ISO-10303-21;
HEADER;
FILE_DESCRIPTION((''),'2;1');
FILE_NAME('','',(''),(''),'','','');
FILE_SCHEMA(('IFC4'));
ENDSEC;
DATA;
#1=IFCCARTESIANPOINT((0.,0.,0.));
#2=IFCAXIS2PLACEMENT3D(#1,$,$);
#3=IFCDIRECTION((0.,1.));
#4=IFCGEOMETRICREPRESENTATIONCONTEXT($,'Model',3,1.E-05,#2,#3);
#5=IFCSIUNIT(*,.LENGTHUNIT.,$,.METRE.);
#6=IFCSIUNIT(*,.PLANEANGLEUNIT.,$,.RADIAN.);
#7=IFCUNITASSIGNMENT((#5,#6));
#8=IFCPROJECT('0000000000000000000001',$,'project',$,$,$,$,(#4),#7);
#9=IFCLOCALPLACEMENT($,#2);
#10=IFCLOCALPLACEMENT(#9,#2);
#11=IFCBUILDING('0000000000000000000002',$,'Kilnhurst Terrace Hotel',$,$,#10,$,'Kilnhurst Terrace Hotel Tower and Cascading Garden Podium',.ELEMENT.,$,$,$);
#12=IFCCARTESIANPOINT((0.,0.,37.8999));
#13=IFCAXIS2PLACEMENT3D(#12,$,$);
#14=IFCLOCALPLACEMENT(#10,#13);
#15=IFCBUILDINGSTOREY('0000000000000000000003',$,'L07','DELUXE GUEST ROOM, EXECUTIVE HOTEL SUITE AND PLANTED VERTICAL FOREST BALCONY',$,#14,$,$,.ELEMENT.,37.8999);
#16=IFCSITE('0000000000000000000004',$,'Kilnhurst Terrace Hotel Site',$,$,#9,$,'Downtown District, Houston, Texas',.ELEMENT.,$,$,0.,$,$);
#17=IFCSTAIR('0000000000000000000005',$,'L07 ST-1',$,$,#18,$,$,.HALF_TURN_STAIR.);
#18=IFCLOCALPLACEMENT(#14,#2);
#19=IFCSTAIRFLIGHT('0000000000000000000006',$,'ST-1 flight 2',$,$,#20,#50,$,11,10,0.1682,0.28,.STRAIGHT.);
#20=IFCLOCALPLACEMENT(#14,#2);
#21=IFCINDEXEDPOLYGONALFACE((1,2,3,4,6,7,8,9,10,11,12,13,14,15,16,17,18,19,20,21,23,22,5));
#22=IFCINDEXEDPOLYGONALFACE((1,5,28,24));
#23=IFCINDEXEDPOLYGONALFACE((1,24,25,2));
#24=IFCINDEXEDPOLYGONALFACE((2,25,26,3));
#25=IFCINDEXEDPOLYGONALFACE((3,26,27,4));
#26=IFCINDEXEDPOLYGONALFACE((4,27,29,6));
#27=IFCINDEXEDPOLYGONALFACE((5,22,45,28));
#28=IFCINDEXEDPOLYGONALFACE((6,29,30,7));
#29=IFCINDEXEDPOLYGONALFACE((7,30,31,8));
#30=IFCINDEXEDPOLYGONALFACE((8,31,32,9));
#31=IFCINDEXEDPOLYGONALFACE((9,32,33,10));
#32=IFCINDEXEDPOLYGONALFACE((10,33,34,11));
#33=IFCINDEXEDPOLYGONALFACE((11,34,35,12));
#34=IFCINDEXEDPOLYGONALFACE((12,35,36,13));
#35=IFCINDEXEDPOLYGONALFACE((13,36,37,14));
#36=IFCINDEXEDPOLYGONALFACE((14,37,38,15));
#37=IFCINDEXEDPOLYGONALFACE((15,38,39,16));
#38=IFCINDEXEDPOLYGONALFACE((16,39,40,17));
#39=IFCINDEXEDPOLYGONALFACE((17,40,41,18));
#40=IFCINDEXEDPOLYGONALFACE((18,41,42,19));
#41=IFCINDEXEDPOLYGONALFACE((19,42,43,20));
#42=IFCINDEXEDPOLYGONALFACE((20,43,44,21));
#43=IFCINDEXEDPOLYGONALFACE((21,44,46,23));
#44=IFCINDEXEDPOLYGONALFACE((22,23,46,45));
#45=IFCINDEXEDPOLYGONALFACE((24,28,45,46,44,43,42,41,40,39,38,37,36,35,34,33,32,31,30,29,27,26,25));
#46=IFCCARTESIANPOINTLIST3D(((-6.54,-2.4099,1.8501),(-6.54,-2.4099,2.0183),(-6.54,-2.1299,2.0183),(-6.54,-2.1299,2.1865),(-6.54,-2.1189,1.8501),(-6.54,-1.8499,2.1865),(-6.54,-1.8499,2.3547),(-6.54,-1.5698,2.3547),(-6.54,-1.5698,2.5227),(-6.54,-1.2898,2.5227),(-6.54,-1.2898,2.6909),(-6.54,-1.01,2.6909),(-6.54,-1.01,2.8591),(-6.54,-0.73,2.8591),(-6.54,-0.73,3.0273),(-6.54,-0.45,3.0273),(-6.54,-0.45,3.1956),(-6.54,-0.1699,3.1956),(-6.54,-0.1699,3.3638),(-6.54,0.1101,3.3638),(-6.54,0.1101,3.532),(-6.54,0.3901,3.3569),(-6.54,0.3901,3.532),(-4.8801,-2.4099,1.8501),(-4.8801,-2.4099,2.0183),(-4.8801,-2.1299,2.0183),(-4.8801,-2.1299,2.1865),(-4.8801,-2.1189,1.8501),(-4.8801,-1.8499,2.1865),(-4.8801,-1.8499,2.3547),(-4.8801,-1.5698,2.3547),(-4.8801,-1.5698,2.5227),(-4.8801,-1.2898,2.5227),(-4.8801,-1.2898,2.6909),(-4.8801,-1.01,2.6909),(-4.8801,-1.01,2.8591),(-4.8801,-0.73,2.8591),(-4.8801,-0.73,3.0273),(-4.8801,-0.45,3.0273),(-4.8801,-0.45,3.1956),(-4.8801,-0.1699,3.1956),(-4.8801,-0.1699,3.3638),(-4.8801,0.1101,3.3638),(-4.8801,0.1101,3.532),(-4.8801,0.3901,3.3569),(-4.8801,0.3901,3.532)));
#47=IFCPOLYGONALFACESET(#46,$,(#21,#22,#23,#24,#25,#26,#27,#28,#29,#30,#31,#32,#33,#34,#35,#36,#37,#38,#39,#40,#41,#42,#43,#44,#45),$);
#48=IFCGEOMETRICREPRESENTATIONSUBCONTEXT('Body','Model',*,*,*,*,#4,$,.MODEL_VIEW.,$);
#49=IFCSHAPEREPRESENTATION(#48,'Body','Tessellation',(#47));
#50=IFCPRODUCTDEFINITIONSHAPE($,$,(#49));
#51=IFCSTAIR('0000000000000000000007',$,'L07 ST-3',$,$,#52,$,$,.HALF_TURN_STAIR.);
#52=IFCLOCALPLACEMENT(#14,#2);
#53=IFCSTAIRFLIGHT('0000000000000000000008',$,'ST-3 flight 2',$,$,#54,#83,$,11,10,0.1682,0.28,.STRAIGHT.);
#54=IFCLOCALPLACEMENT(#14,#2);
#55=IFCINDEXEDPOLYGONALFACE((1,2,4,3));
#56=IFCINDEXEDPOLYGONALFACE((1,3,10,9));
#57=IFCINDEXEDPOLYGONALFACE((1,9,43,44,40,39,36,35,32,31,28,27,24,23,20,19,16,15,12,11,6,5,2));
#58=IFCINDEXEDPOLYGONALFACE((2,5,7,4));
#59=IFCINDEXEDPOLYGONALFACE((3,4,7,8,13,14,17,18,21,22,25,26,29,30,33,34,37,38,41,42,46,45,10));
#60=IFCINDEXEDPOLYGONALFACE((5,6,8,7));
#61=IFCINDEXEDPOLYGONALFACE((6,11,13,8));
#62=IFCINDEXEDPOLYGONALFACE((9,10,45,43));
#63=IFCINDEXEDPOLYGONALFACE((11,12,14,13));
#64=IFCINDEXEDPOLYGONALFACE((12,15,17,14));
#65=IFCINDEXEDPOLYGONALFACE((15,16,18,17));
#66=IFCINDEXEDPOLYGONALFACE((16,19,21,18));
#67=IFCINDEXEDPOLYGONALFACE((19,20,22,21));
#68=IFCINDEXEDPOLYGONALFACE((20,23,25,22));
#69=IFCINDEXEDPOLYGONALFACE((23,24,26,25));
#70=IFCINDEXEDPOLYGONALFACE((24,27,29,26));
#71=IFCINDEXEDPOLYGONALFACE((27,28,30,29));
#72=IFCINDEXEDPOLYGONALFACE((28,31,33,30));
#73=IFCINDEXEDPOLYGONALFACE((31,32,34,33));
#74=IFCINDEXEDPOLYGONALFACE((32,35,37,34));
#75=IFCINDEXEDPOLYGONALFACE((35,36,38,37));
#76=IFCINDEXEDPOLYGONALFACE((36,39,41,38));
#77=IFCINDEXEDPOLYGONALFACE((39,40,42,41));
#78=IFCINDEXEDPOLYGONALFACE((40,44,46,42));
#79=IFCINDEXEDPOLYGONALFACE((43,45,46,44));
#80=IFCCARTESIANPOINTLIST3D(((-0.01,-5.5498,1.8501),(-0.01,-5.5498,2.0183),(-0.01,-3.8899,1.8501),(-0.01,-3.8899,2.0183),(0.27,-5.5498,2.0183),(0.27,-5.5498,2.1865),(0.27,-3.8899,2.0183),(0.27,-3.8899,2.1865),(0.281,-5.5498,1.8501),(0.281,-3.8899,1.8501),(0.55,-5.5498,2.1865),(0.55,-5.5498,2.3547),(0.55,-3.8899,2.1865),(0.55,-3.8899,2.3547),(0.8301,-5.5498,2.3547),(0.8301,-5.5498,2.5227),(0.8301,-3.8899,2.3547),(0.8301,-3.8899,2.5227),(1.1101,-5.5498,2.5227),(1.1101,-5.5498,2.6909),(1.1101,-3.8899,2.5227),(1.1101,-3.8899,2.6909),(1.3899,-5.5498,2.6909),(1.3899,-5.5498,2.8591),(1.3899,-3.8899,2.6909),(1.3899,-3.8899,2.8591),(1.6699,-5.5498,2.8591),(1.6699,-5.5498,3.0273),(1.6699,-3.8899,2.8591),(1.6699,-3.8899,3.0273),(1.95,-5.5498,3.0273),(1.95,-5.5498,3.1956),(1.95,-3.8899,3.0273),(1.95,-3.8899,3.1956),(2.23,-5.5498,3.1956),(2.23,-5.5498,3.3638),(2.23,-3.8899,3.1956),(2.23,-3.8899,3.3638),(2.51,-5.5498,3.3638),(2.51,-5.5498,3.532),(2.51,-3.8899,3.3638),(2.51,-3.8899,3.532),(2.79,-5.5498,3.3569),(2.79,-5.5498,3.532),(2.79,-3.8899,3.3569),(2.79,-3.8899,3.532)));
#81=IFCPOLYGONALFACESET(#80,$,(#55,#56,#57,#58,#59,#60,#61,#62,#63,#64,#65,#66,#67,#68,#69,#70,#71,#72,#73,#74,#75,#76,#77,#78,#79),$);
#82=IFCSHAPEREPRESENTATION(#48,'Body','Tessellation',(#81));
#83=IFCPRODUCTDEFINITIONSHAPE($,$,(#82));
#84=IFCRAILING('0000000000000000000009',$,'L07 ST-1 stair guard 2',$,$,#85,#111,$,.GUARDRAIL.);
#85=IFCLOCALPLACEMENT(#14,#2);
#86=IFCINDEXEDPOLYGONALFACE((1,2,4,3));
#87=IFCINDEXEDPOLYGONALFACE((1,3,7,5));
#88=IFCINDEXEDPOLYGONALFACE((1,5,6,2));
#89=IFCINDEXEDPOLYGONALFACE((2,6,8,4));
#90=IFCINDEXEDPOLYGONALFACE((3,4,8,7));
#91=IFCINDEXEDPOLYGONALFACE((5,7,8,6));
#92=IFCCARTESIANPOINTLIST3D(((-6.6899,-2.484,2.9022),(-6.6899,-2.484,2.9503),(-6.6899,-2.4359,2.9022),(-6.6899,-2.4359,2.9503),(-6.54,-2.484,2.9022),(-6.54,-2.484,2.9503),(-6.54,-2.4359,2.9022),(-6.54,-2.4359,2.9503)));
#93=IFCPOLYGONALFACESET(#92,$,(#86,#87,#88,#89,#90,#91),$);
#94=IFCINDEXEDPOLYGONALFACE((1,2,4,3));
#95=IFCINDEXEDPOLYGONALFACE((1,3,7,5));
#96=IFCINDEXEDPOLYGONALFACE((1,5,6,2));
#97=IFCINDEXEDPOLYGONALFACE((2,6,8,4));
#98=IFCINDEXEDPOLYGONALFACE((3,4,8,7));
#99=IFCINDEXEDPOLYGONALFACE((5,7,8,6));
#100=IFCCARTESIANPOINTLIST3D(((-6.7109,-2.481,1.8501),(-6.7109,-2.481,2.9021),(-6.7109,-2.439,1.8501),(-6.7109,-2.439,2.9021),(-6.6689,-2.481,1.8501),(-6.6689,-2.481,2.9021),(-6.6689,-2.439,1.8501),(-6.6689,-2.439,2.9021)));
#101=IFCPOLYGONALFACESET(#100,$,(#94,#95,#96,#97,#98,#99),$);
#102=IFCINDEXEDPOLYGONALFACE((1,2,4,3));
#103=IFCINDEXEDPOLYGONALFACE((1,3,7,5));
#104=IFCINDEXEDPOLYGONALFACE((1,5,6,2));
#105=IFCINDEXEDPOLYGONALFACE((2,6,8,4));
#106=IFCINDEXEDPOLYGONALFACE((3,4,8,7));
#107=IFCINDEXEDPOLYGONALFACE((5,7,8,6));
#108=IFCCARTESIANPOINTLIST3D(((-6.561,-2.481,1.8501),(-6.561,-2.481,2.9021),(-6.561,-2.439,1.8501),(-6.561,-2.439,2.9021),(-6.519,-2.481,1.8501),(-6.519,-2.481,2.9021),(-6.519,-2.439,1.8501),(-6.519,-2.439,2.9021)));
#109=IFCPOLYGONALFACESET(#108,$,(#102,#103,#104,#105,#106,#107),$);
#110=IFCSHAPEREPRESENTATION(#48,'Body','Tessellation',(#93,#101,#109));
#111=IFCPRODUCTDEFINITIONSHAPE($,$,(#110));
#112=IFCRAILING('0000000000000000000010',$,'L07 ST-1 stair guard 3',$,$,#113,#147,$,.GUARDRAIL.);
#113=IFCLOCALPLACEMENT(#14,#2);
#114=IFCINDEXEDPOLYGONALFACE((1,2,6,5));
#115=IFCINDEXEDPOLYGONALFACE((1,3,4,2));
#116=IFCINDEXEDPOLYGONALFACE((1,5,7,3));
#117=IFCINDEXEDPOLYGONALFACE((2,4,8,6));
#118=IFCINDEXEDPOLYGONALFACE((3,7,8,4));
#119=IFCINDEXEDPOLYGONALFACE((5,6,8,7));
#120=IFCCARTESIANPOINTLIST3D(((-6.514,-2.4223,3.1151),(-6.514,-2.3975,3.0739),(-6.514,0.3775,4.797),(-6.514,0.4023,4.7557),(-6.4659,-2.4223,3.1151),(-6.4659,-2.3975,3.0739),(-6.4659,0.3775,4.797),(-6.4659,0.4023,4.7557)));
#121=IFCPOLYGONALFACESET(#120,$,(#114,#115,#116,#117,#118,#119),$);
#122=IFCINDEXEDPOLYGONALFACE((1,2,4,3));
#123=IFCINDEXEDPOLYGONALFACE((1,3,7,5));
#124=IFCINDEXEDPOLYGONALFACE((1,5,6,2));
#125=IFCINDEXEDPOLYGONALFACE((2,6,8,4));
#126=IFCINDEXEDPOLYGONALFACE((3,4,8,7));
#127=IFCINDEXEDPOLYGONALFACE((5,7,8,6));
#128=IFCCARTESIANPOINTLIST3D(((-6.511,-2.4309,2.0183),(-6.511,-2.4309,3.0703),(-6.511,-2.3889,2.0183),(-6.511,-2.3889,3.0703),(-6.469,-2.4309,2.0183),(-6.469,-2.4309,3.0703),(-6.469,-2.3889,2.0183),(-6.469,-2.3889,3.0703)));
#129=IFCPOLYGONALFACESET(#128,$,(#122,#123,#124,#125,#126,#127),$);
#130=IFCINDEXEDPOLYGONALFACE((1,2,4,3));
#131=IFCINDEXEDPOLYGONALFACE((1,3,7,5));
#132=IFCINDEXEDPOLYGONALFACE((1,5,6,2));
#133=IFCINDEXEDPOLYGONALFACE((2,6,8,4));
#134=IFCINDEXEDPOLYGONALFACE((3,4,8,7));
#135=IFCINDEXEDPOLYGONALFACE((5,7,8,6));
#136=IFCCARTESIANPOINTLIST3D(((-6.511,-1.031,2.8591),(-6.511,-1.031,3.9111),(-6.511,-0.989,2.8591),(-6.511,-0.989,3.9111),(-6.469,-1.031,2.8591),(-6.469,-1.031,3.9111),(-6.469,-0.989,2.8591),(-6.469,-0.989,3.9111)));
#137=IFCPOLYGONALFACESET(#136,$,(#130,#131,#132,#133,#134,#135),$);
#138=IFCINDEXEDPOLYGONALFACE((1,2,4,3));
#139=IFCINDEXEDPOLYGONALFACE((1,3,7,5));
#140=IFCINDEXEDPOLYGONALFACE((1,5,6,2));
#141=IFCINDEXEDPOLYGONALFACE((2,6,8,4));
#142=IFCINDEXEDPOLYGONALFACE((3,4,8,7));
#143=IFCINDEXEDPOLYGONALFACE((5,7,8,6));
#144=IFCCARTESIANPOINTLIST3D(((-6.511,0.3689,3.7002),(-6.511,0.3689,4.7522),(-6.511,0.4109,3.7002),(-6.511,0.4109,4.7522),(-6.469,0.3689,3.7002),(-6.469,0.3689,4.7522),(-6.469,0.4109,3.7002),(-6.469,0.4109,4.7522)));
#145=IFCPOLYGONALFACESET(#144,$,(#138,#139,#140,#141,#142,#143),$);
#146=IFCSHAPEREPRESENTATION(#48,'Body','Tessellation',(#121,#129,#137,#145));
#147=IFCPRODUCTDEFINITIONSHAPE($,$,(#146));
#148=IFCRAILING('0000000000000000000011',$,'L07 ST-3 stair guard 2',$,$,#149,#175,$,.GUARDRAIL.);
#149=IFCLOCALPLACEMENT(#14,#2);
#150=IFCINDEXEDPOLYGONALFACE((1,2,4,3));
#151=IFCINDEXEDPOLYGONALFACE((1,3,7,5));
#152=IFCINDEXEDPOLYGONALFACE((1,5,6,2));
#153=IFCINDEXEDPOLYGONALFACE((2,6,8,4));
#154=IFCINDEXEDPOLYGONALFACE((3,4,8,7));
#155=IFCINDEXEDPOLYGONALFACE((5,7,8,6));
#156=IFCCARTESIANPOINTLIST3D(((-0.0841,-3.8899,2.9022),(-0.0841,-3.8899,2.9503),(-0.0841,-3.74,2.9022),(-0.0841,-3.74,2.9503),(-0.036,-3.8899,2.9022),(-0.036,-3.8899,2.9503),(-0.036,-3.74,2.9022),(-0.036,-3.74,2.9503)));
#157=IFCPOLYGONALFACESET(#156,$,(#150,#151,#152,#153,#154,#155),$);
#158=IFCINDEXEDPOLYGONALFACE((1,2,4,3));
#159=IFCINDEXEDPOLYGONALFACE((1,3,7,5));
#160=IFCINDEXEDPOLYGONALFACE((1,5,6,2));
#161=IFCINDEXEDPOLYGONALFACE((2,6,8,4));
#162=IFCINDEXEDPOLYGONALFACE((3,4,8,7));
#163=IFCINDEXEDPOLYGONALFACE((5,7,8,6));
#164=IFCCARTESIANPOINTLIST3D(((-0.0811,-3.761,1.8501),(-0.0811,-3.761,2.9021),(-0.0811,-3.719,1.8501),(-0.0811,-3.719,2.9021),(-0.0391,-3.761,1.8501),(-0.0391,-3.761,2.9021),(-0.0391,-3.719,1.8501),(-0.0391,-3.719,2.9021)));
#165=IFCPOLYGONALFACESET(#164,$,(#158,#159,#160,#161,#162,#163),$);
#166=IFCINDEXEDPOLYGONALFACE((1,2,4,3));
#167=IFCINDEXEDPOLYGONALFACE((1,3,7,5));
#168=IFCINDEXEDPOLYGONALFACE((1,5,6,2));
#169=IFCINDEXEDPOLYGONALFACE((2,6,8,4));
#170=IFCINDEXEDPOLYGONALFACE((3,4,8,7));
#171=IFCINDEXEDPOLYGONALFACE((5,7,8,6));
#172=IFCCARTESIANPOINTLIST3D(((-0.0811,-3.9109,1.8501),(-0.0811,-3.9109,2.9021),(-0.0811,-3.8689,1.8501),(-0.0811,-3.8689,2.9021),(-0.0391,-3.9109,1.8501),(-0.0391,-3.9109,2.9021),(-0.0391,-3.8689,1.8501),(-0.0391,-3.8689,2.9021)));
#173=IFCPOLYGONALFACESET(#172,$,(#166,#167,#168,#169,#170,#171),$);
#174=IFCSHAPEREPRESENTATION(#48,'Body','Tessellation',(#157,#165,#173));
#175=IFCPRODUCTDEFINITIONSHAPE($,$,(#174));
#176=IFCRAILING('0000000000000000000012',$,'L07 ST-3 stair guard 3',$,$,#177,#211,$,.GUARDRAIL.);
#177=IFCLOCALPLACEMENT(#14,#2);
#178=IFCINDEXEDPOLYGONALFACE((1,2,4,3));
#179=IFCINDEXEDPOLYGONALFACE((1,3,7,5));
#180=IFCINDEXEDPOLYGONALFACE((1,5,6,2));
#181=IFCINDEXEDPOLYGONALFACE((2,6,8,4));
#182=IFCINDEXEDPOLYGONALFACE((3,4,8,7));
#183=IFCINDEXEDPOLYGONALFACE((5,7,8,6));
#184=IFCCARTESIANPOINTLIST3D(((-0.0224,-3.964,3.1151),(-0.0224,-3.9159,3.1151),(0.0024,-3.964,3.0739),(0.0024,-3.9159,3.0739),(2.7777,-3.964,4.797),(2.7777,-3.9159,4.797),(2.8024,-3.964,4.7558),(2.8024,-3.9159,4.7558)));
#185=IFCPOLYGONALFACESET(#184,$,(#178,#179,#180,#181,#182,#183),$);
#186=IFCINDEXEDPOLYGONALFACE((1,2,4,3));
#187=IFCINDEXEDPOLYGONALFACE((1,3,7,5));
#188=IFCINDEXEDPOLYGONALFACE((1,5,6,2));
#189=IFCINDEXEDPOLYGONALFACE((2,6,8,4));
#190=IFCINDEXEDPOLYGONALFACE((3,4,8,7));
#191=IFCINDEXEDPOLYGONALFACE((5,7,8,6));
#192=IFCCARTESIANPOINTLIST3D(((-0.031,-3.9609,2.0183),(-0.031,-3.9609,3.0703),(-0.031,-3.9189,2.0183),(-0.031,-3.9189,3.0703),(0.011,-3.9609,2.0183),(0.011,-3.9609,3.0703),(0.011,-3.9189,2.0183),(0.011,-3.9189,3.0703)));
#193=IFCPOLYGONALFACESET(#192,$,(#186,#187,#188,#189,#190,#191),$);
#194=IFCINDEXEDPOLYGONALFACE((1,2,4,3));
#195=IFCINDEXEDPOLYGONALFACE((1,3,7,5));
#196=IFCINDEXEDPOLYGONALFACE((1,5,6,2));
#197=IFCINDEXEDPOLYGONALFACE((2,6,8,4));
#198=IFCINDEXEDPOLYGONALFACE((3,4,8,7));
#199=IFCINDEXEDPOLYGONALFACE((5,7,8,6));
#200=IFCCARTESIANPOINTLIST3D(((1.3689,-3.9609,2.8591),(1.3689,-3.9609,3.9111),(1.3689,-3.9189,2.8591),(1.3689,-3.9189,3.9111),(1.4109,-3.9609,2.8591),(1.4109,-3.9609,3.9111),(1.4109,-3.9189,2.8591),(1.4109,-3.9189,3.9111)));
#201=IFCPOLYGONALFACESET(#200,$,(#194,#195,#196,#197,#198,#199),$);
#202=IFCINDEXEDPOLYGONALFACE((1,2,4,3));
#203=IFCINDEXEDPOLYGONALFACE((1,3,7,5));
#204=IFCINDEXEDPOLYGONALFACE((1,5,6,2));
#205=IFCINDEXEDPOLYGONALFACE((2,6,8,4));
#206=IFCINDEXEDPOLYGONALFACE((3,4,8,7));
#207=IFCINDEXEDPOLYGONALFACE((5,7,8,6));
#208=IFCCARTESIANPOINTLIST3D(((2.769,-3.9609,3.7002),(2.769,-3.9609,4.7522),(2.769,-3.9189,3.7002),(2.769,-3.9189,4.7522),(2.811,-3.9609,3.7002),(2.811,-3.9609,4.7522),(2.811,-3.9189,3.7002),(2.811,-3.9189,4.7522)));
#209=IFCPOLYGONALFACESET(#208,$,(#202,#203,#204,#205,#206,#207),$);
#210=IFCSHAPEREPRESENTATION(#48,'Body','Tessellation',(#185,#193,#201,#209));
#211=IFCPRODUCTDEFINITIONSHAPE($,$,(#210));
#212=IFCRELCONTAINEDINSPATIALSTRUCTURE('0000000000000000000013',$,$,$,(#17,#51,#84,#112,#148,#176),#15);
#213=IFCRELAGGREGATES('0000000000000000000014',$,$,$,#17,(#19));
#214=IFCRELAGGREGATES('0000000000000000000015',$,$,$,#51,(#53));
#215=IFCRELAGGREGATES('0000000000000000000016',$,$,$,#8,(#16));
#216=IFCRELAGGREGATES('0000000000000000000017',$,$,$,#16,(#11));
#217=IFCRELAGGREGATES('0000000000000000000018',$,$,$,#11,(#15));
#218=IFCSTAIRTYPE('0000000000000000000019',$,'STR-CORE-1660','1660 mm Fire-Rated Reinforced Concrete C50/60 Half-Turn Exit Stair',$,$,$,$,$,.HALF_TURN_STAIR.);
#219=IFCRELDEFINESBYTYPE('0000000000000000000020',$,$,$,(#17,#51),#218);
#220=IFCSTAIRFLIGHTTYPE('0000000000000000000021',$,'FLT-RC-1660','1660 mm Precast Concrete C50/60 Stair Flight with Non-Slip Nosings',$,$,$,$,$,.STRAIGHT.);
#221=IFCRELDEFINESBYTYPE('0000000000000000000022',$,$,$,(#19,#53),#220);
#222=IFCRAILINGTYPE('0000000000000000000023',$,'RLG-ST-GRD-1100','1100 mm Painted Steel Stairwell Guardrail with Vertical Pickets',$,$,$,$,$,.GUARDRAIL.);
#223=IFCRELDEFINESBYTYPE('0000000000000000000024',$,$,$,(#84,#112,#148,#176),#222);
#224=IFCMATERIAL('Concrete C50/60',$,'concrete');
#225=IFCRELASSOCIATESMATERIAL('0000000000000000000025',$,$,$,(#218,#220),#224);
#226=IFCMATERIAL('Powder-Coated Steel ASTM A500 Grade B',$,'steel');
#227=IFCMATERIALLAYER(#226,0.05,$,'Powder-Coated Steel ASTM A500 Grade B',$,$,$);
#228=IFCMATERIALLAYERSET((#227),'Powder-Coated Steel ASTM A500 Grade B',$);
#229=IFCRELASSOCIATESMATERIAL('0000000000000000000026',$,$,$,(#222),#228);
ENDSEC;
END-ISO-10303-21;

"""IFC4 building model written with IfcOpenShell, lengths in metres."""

from ifc_helpers import new_model, si_unit, direction, frame, origin, origin_2d, place, context, subcontext, project, spatial, polyline, rectangle, outline, extrude, material, layer, layer_set, type_object, element, aggregate, save


model = new_model("IFC4")

# Units and contexts
model_context = context("Model", 3, precision=1e-05, world=origin(), true_north=direction((0.0, 1.0)))
body_context = subcontext(model_context, "Body", "Model", "MODEL_VIEW")
ifc_project = project(units=[si_unit("LENGTHUNIT", "METRE"), si_unit("PLANEANGLEUNIT", "RADIAN")], contexts=[model_context])

# Site, building, storey
site_placement = place(None, origin())
site = spatial("IfcSite", under=ifc_project, at=site_placement, Name="Kilnhurst Terrace Hotel Site", LongName="Downtown District, Houston, Texas", CompositionType="ELEMENT", RefElevation=0.0)
building_placement = place(site_placement, origin())
building = spatial("IfcBuilding", under=site, at=building_placement, Name="Kilnhurst Terrace Hotel", LongName="Kilnhurst Terrace Hotel Tower and Cascading Garden Podium", CompositionType="ELEMENT")
storey_placement = place(building_placement, frame((0.0, 0.0, 37.8999)))
storey = spatial("IfcBuildingStorey", under=building, at=storey_placement, Name="L07", Description="DELUXE GUEST ROOM, EXECUTIVE HOTEL SUITE AND PLANTED VERTICAL FOREST BALCONY", CompositionType="ELEMENT", Elevation=37.8999)

# Shared definitions
ifc_material_1 = material(Name="Concrete C50/60", Category="concrete")

# Stairs, stair flights
stair_type = type_object("IfcStairType", Name="STR-CORE-1660", Description="1660 mm Fire-Rated Reinforced Concrete C50/60 Half-Turn Exit Stair", PredefinedType="HALF_TURN_STAIR", material=ifc_material_1)
stair_1_placement = place(storey_placement, origin())
stair_1 = element("IfcStair", 1, at=stair_1_placement, inside=storey, type_object=stair_type, Name="L07 ST-1", PredefinedType="HALF_TURN_STAIR")
stair_flight_type = type_object("IfcStairFlightType", Name="FLT-RC-1660", Description="1660 mm Precast Concrete C50/60 Stair Flight with Non-Slip Nosings", PredefinedType="STRAIGHT", material=ifc_material_1)
stair_flight_1_placement = place(storey_placement, frame((-5.71, -2.4099, 1.8501), z_axis=(0.0, 0.0, 1.0), x_axis=(0.0, 1.0, 0.0)))
stair_flight_1 = element("IfcStairFlight", 2, at=stair_flight_1_placement, type_object=stair_flight_type, Name="ST-1 flight 2", NumberOfRisers=11, NumberOfTreads=10, PredefinedType="STRAIGHT", RiserHeight=0.1682, TreadLength=0.28, context=body_context, shape_type="SweptSolid", body=[
    extrude(outline(polyline([(0.0, 0.0), (0.0, 0.1682), (0.28, 0.1682), (0.28, 0.3364), (0.5601, 0.3364), (0.5601, 0.5046), (0.8401, 0.5046), (0.8401, 0.6726), (1.1201, 0.6726), (1.1201, 0.8408), (1.3999, 0.8408), (1.3999, 1.009), (1.6799, 1.009), (1.6799, 1.1772), (1.96, 1.1772), (1.96, 1.3455), (2.24, 1.3455), (2.24, 1.5137), (2.52, 1.5137), (2.52, 1.6819), (2.8, 1.6819), (2.8, 1.8501), (2.8, 1.5068), (0.291, 0.0), (0.0, 0.0)])), frame((0.0, 0.8301, 0.0), z_axis=(0.0, -1.0, 0.0), x_axis=(1.0, 0.0, 0.0)), (0.0, 0.0, 1.0), 1.6599),
])
aggregate(stair_1, [stair_flight_1])
stair_2_placement = place(storey_placement, origin())
stair_2 = element("IfcStair", 3, at=stair_2_placement, inside=storey, type_object=stair_type, Name="L07 ST-3", PredefinedType="HALF_TURN_STAIR")
stair_flight_2_placement = place(storey_placement, frame((-0.01, -4.72, 1.8501), z_axis=(0.0, 0.0, 1.0), x_axis=(1.0, 0.0, 0.0)))
stair_flight_2 = element("IfcStairFlight", 4, at=stair_flight_2_placement, type_object=stair_flight_type, Name="ST-3 flight 2", NumberOfRisers=11, NumberOfTreads=10, PredefinedType="STRAIGHT", RiserHeight=0.1682, TreadLength=0.28, context=body_context, shape_type="SweptSolid", body=[
    extrude(outline(polyline([(0.0, 0.0), (0.0, 0.1682), (0.28, 0.1682), (0.28, 0.3364), (0.5601, 0.3364), (0.5601, 0.5046), (0.8401, 0.5046), (0.8401, 0.6726), (1.1201, 0.6726), (1.1201, 0.8408), (1.3999, 0.8408), (1.3999, 1.009), (1.6799, 1.009), (1.6799, 1.1772), (1.96, 1.1772), (1.96, 1.3455), (2.24, 1.3455), (2.24, 1.5137), (2.52, 1.5137), (2.52, 1.6819), (2.8, 1.6819), (2.8, 1.8501), (2.8, 1.5068), (0.291, 0.0), (0.0, 0.0)])), frame((0.0, 0.8301, 0.0), z_axis=(0.0, -1.0, 0.0), x_axis=(1.0, 0.0, 0.0)), (0.0, 0.0, 1.0), 1.6599),
])
aggregate(stair_2, [stair_flight_2])

# Railings
ifc_material_2 = material(Name="Powder-Coated Steel ASTM A500 Grade B", Category="steel")
ifc_layer_1 = layer(ifc_material_2, 0.05, Name="Powder-Coated Steel ASTM A500 Grade B")
ifc_layer_set_1 = layer_set([ifc_layer_1], Name="Powder-Coated Steel ASTM A500 Grade B")
railing_type_1 = type_object("IfcRailingType", Name="RLG-ST-GRD-1100", Description="1100 mm Painted Steel Stairwell Guardrail with Vertical Pickets", PredefinedType="GUARDRAIL", material=ifc_layer_set_1)
railing_1_placement = place(storey_placement, frame((-6.6899, -2.46, 1.8501)))
element("IfcRailing", 5, at=railing_1_placement, inside=storey, type_object=railing_type_1, Name="L07 ST-1 stair guard 2", PredefinedType="GUARDRAIL", context=body_context, shape_type="SweptSolid", body=[
    extrude(rectangle(XDim=0.0481, YDim=0.0481, at=origin_2d()), frame((0.0, 0.0, 1.0762), z_axis=(1.0, 0.0, 0.0), x_axis=(0.0, 1.0, 0.0)), (0.0, 0.0, 1.0), 0.1499),
    extrude(rectangle(XDim=0.042, YDim=0.042, at=origin_2d()), origin(), (0.0, 0.0, 1.0), 1.052),
    extrude(rectangle(XDim=0.042, YDim=0.042, at=origin_2d()), frame((0.1499, 0.0, 0.0)), (0.0, 0.0, 1.0), 1.052),
])
railing_2_placement = place(storey_placement, frame((-6.49, -2.4099, 2.0183)))
element("IfcRailing", 6, at=railing_2_placement, inside=storey, type_object=railing_type_1, Name="L07 ST-1 stair guard 3", PredefinedType="GUARDRAIL", context=body_context, shape_type="SweptSolid", body=[
    extrude(rectangle(XDim=0.0481, YDim=0.0481, at=origin_2d()), frame((0.0, 0.0, 1.0762), z_axis=(0.0, 0.857222, 0.514946), x_axis=(-1.0, 0.0, 0.0)), (0.0, 0.0, 1.0), 3.2661),
    extrude(rectangle(XDim=0.042, YDim=0.042, at=origin_2d()), origin(), (0.0, 0.0, 1.0), 1.052),
    extrude(rectangle(XDim=0.042, YDim=0.042, at=origin_2d()), frame((0.0, 1.3999, 0.8408)), (0.0, 0.0, 1.0), 1.052),
    extrude(rectangle(XDim=0.042, YDim=0.042, at=origin_2d()), frame((0.0, 2.7998, 1.6819)), (0.0, 0.0, 1.0), 1.052),
])
railing_3_placement = place(storey_placement, frame((-0.0601, -3.74, 1.8501)))
element("IfcRailing", 7, at=railing_3_placement, inside=storey, type_object=railing_type_1, Name="L07 ST-3 stair guard 2", PredefinedType="GUARDRAIL", context=body_context, shape_type="SweptSolid", body=[
    extrude(rectangle(XDim=0.0481, YDim=0.0481, at=origin_2d()), frame((0.0, 0.0, 1.0762), z_axis=(0.0, -1.0, 0.0), x_axis=(1.0, 0.0, 0.0)), (0.0, 0.0, 1.0), 0.1499),
    extrude(rectangle(XDim=0.042, YDim=0.042, at=origin_2d()), origin(), (0.0, 0.0, 1.0), 1.052),
    extrude(rectangle(XDim=0.042, YDim=0.042, at=origin_2d()), frame((0.0, -0.1499, 0.0)), (0.0, 0.0, 1.0), 1.052),
])
railing_4_placement = place(storey_placement, frame((-0.01, -3.9399, 2.0183)))
element("IfcRailing", 8, at=railing_4_placement, inside=storey, type_object=railing_type_1, Name="L07 ST-3 stair guard 3", PredefinedType="GUARDRAIL", context=body_context, shape_type="SweptSolid", body=[
    extrude(rectangle(XDim=0.0481, YDim=0.0481, at=origin_2d()), frame((0.0, 0.0, 1.0762), z_axis=(0.857242, 0.0, 0.514913), x_axis=(0.0, 1.0, 0.0)), (0.0, 0.0, 1.0), 3.2664),
    extrude(rectangle(XDim=0.042, YDim=0.042, at=origin_2d()), origin(), (0.0, 0.0, 1.0), 1.052),
    extrude(rectangle(XDim=0.042, YDim=0.042, at=origin_2d()), frame((1.3999, 0.0, 0.8408)), (0.0, 0.0, 1.0), 1.052),
    extrude(rectangle(XDim=0.042, YDim=0.042, at=origin_2d()), frame((2.8, 0.0, 1.6819)), (0.0, 0.0, 1.0), 1.052),
])

save(model, "model.ifc")
